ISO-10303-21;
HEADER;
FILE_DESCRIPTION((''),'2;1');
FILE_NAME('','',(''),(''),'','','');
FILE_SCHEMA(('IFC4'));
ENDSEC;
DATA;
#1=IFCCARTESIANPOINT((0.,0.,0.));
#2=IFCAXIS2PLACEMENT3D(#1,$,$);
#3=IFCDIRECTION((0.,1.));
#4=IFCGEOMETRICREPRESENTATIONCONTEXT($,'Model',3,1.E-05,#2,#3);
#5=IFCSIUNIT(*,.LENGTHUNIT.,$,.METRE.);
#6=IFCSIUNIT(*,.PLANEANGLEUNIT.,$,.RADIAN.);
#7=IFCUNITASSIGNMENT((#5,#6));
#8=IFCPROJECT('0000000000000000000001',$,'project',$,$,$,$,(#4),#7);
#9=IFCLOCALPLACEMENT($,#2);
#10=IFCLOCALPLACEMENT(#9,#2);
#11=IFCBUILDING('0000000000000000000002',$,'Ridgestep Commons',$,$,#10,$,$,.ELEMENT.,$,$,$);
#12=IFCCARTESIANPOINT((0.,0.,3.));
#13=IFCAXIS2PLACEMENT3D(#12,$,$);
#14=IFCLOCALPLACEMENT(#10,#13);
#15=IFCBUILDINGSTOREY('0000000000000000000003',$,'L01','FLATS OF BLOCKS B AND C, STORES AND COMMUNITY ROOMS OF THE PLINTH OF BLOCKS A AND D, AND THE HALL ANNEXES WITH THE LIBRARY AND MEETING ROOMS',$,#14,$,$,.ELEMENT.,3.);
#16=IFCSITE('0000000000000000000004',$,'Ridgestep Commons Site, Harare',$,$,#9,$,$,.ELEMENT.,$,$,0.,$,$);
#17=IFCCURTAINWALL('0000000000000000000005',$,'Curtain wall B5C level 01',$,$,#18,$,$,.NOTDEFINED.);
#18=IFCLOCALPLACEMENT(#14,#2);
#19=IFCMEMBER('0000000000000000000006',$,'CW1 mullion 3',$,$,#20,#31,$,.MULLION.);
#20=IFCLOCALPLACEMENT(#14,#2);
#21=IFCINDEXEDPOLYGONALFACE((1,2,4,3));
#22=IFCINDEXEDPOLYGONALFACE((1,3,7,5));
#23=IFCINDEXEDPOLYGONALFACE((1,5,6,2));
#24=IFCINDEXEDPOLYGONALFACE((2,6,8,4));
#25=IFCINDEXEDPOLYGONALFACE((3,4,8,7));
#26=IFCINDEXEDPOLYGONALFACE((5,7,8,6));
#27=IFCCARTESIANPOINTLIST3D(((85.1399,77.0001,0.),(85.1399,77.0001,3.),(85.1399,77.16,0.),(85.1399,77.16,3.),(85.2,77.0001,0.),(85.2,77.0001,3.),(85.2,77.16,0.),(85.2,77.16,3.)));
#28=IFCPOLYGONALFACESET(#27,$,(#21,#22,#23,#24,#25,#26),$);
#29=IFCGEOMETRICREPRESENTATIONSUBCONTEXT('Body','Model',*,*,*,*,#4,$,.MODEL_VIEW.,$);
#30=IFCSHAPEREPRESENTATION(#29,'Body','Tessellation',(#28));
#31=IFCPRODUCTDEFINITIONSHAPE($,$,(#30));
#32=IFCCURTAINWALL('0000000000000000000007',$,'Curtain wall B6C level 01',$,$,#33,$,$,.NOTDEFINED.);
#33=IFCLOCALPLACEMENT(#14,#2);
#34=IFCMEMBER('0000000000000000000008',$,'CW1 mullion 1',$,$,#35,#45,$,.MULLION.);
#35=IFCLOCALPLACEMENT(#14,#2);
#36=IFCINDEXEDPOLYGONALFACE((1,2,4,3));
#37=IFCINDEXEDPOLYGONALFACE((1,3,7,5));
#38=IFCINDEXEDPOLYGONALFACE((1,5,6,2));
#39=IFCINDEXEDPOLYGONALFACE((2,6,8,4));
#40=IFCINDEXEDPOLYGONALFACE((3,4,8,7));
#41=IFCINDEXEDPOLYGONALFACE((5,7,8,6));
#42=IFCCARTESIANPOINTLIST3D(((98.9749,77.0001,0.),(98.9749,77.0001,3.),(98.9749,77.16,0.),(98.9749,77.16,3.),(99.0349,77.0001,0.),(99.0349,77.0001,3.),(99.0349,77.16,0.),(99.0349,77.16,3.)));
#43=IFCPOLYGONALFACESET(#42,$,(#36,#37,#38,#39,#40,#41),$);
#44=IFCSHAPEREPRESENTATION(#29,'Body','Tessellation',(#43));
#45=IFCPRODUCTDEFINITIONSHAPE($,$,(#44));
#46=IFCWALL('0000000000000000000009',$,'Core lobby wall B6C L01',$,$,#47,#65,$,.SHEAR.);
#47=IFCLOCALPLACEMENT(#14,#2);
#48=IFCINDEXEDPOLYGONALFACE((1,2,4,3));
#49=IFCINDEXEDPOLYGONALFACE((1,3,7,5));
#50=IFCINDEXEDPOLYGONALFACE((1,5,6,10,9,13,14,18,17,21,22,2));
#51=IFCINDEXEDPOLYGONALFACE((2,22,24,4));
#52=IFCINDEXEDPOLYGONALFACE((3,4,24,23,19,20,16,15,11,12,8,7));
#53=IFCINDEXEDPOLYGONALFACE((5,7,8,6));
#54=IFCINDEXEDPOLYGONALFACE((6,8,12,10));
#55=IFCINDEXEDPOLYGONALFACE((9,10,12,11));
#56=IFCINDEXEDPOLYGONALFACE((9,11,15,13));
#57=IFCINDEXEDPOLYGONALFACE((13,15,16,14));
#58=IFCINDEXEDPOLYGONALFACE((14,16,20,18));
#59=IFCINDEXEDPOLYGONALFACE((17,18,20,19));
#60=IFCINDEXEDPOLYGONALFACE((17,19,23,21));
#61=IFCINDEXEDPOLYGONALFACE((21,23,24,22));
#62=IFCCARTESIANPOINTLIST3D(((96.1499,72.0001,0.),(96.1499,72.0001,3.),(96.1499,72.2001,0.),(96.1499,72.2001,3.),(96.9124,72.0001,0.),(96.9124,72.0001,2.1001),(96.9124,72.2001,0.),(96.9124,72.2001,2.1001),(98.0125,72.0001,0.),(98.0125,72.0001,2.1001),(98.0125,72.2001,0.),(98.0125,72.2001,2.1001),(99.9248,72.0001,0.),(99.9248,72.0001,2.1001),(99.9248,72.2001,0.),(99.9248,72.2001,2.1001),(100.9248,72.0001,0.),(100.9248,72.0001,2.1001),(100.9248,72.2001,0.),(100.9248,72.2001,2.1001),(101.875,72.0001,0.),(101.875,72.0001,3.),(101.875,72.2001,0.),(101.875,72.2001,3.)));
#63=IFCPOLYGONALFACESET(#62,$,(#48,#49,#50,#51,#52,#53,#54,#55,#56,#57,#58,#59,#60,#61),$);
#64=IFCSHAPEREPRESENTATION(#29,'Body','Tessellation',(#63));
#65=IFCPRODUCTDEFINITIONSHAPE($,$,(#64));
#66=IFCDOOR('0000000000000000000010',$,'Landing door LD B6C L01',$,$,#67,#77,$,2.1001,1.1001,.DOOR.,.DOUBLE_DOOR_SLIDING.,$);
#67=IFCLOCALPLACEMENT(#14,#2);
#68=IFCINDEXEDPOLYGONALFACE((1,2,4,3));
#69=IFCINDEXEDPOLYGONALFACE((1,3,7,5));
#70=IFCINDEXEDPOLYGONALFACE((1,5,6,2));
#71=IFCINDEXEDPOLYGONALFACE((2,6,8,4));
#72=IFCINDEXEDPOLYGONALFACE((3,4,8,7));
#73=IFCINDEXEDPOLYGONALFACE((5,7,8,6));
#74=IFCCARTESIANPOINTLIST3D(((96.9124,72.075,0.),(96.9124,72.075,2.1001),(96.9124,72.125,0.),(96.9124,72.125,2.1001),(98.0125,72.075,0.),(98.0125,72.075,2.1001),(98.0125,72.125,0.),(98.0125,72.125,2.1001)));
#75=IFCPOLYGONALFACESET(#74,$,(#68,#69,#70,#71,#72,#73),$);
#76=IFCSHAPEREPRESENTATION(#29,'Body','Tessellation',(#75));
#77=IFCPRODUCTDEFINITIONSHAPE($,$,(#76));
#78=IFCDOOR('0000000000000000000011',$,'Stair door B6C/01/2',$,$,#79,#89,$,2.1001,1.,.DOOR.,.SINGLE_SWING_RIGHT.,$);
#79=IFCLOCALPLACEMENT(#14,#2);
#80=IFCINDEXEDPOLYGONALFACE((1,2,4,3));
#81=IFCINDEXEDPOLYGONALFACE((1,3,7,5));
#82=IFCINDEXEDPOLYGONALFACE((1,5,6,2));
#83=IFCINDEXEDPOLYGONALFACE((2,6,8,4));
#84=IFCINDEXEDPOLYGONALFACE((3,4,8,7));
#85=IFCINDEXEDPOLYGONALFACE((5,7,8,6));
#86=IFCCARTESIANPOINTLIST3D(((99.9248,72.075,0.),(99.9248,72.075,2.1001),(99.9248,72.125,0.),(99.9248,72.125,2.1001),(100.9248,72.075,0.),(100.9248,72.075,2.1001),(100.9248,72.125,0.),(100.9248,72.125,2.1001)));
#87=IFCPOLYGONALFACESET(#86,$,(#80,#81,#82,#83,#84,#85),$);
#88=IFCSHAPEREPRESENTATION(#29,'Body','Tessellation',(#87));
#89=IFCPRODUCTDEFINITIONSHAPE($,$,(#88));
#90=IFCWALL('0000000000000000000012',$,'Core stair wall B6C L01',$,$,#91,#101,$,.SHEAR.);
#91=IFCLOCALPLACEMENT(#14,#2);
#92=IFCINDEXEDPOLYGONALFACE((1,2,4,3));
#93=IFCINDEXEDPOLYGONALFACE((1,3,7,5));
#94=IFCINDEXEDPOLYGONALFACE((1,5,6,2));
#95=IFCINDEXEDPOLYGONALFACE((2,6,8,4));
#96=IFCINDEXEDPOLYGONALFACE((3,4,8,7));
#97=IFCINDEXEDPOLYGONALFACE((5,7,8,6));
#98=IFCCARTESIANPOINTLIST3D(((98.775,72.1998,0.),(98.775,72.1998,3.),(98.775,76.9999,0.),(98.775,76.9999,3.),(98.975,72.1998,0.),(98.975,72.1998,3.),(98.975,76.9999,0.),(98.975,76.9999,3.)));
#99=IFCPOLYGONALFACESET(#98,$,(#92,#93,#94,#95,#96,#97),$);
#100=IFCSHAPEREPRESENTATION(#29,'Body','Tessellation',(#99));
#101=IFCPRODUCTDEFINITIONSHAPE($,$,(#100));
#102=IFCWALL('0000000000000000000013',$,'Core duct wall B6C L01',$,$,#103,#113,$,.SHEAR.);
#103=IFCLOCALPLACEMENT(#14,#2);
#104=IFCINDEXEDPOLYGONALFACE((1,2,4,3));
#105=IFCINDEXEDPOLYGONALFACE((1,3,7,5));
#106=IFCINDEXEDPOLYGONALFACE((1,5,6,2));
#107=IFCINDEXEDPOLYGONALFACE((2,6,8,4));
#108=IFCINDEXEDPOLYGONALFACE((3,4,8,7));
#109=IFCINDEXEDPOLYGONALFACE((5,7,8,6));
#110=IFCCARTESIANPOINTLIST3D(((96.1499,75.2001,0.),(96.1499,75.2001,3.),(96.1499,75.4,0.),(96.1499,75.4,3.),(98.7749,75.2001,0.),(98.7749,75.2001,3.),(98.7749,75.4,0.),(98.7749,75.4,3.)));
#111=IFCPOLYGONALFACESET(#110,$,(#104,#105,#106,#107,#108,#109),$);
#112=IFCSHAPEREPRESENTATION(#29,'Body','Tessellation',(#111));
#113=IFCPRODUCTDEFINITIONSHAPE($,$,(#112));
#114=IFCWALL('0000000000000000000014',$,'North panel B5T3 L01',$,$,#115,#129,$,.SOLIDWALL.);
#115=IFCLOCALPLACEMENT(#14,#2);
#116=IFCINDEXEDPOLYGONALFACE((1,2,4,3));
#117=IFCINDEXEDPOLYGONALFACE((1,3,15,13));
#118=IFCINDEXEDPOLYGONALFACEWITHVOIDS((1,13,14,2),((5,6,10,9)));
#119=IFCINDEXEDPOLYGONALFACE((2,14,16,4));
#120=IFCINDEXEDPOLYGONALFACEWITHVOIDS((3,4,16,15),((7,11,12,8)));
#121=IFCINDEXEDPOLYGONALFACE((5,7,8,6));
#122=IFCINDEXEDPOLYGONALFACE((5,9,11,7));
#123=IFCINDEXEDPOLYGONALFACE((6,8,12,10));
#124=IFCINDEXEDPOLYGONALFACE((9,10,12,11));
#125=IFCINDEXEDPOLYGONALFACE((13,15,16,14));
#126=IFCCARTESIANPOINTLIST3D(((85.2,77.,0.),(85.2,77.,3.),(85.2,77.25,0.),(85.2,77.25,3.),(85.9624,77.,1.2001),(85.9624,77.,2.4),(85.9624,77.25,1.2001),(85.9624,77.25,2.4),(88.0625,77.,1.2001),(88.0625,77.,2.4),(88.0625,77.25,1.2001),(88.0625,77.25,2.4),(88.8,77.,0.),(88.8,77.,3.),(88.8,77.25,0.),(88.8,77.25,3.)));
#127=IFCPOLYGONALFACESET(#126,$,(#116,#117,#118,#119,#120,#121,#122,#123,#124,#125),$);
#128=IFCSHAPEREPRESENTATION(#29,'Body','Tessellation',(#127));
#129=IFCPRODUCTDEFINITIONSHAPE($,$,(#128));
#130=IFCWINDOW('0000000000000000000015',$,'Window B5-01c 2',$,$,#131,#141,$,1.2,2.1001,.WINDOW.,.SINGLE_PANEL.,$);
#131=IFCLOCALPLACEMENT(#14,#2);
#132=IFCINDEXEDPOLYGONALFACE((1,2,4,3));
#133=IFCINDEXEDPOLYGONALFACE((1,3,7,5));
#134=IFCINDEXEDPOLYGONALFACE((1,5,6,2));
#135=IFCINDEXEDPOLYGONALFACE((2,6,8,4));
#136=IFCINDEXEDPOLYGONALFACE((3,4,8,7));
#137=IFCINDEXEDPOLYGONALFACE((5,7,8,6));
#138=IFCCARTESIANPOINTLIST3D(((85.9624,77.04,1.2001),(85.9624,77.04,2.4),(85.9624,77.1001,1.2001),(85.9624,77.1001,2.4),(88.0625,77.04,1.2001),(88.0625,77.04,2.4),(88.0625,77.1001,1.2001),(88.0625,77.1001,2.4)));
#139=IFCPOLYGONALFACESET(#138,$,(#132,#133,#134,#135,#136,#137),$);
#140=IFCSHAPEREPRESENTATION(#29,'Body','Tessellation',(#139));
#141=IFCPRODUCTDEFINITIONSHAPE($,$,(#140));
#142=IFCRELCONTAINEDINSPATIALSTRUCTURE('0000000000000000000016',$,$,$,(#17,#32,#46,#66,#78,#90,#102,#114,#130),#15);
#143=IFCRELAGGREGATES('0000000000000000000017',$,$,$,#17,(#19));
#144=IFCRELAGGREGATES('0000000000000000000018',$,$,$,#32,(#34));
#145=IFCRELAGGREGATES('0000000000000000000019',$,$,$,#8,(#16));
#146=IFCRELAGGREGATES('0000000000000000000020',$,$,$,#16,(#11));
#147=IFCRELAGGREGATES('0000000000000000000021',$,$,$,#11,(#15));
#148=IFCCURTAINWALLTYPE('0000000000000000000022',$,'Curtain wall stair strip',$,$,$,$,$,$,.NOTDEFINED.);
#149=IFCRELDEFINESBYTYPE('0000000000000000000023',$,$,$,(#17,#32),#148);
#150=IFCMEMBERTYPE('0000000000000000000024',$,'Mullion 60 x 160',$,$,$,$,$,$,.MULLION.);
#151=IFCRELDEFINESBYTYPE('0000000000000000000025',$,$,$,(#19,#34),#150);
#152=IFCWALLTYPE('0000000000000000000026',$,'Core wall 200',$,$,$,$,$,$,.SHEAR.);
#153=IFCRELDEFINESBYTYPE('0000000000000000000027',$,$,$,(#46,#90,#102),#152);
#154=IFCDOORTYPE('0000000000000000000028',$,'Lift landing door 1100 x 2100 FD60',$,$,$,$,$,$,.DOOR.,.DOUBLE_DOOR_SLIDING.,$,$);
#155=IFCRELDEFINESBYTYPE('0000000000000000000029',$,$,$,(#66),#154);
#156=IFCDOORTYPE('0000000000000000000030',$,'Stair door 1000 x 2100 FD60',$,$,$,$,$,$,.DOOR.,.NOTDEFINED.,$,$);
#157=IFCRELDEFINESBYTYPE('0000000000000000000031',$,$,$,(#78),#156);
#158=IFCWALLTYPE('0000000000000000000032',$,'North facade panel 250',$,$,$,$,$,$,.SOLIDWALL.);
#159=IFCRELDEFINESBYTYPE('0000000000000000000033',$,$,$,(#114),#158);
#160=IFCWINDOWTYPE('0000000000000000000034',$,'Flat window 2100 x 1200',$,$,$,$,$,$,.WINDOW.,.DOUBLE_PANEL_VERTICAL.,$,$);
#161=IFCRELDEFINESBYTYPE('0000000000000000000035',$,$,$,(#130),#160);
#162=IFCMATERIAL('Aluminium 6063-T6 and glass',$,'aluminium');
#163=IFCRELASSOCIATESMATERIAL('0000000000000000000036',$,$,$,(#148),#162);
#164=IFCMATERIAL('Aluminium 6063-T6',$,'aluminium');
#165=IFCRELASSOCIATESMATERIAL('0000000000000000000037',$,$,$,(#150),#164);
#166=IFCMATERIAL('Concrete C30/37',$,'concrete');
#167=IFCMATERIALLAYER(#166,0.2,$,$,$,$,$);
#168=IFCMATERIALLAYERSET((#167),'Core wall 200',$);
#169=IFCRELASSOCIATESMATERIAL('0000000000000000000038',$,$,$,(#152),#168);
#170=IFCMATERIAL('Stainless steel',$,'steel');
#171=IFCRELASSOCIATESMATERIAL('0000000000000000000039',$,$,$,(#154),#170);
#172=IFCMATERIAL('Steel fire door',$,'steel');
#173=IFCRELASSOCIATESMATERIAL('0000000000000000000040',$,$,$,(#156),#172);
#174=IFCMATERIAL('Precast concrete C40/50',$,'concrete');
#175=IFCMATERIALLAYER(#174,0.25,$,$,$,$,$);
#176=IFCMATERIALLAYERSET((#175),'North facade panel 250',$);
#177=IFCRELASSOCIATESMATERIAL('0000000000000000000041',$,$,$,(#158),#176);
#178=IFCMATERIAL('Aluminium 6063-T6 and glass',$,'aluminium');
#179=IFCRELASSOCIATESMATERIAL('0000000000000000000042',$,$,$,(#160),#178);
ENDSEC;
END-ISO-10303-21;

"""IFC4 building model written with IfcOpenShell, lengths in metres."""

from ifc_helpers import new_model, si_unit, direction, frame, frame_2d, origin, origin_2d, place, context, subcontext, project, spatial, rectangle, extrude, material, layer, layer_set, material_profile, profile_set, type_object, element, fill, aggregate, save


model = new_model("IFC4")

# Units and contexts
model_context = context("Model", 3, precision=1e-05, world=origin(), true_north=direction((0.0, 1.0)))
body_context = subcontext(model_context, "Body", "Model", "MODEL_VIEW")
ifc_project = project(units=[si_unit("LENGTHUNIT", "METRE"), si_unit("PLANEANGLEUNIT", "RADIAN")], contexts=[model_context])

# Site, building, storey
site_placement = place(None, origin())
site = spatial("IfcSite", under=ifc_project, at=site_placement, Name="Ridgestep Commons Site, Harare", CompositionType="ELEMENT", RefElevation=0.0)
building_placement = place(site_placement, origin())
building = spatial("IfcBuilding", under=site, at=building_placement, Name="Ridgestep Commons", CompositionType="ELEMENT")
storey_placement = place(building_placement, frame((0.0, 0.0, 3.0)))
storey = spatial("IfcBuildingStorey", under=building, at=storey_placement, Name="L01", Description="FLATS OF BLOCKS B AND C, STORES AND COMMUNITY ROOMS OF THE PLINTH OF BLOCKS A AND D, AND THE HALL ANNEXES WITH THE LIBRARY AND MEETING ROOMS", CompositionType="ELEMENT", Elevation=3.0)

# Curtain walls, members
ifc_material_1 = material(Name="Aluminium 6063-T6 and glass", Category="aluminium")
curtain_wall_type = type_object("IfcCurtainWallType", Name="Curtain wall stair strip", PredefinedType="NOTDEFINED", material=ifc_material_1)
curtain_wall_1_placement = place(storey_placement, origin())
curtain_wall_1 = element("IfcCurtainWall", 1, at=curtain_wall_1_placement, inside=storey, type_object=curtain_wall_type, Name="Curtain wall B5C level 01", PredefinedType="NOTDEFINED")
ifc_material_2 = material(Name="Aluminium 6063-T6", Category="aluminium")
ifc_material_profile = material_profile(ifc_material_2, rectangle(XDim=0.1599, YDim=0.0601, at=origin_2d()), Name="Mullion 60 x 160")
ifc_profile_set = profile_set([ifc_material_profile], Name="Aluminium 6063-T6")
member_type = type_object("IfcMemberType", Name="Mullion 60 x 160", PredefinedType="MULLION", material=ifc_profile_set)
member_1_placement = place(storey_placement, frame((85.1699, 77.0801, 0.0), z_axis=(0.0, 0.0, 1.0), x_axis=(0.0, 1.0, 0.0)))
member_1 = element("IfcMember", 2, at=member_1_placement, type_object=member_type, Name="CW1 mullion 3", PredefinedType="MULLION", context=body_context, shape_type="SweptSolid", body=[
    extrude(rectangle(XDim=0.1599, YDim=0.0601, at=origin_2d()), origin(), (0.0, 0.0, 1.0), 3.0),
])
aggregate(curtain_wall_1, [member_1])
curtain_wall_2_placement = place(storey_placement, origin())
curtain_wall_2 = element("IfcCurtainWall", 3, at=curtain_wall_2_placement, inside=storey, type_object=curtain_wall_type, Name="Curtain wall B6C level 01", PredefinedType="NOTDEFINED")
member_2_placement = place(storey_placement, frame((99.0049, 77.0801, 0.0), z_axis=(0.0, 0.0, 1.0), x_axis=(0.0, 1.0, 0.0)))
member_2 = element("IfcMember", 4, at=member_2_placement, type_object=member_type, Name="CW1 mullion 1", PredefinedType="MULLION", context=body_context, shape_type="SweptSolid", body=[
    extrude(rectangle(XDim=0.1599, YDim=0.0601, at=origin_2d()), origin(), (0.0, 0.0, 1.0), 3.0),
])
aggregate(curtain_wall_2, [member_2])

# Wall, openings, doors
ifc_material_3 = material(Name="Concrete C30/37", Category="concrete")
ifc_layer_1 = layer(ifc_material_3, 0.2)
ifc_layer_set_1 = layer_set([ifc_layer_1], Name="Core wall 200")
wall_type_1 = type_object("IfcWallType", Name="Core wall 200", PredefinedType="SHEAR", material=ifc_layer_set_1)
wall_1_placement = place(storey_placement, frame((96.1499, 72.1001, 0.0), z_axis=(0.0, 0.0, 1.0), x_axis=(1.0, 0.0, 0.0)))
wall_1 = element("IfcWall", 5, at=wall_1_placement, inside=storey, type_object=wall_type_1, Name="Core lobby wall B6C L01", PredefinedType="SHEAR", context=body_context, shape_type="SweptSolid", body=[
    extrude(rectangle(XDim=5.7251, YDim=0.2, at=frame_2d((2.8625, 0.0))), origin(), (0.0, 0.0, 1.0), 3.0),
])
opening_1_placement = place(wall_1_placement, frame((3.7749, 0.0, 0.0)))
opening_1 = element("IfcOpeningElement", 6, at=opening_1_placement, cuts=wall_1, PredefinedType="OPENING", context=body_context, shape_type="SweptSolid", body=[
    extrude(rectangle(XDim=1.0, YDim=2.1001, at=frame_2d((0.5, 1.05))), frame((0.0, 0.1099, 0.0), z_axis=(0.0, -1.0, 0.0), x_axis=(1.0, 0.0, 0.0)), (0.0, 0.0, 1.0), 0.22),
])
opening_2_placement = place(wall_1_placement, frame((0.7625, 0.0, 0.0)))
opening_2 = element("IfcOpeningElement", 7, at=opening_2_placement, cuts=wall_1, PredefinedType="OPENING", context=body_context, shape_type="SweptSolid", body=[
    extrude(rectangle(XDim=1.1001, YDim=2.1001, at=frame_2d((0.55, 1.05))), frame((0.0, 0.1099, 0.0), z_axis=(0.0, -1.0, 0.0), x_axis=(1.0, 0.0, 0.0)), (0.0, 0.0, 1.0), 0.22),
])
ifc_material_4 = material(Name="Stainless steel", Category="steel")
door_type_1 = type_object("IfcDoorType", Name="Lift landing door 1100 x 2100 FD60", OperationType="DOUBLE_DOOR_SLIDING", PredefinedType="DOOR", material=ifc_material_4)
door_1_placement = place(opening_2_placement, origin())
door_1 = element("IfcDoor", 8, at=door_1_placement, inside=storey, type_object=door_type_1, Name="Landing door LD B6C L01", OperationType="DOUBLE_DOOR_SLIDING", OverallHeight=2.1001, OverallWidth=1.1001, PredefinedType="DOOR", context=body_context, shape_type="SweptSolid", body=[
    extrude(rectangle(XDim=1.1001, YDim=2.1001, at=frame_2d((0.55, 1.05))), frame((0.0, 0.0249, 0.0), z_axis=(0.0, -1.0, 0.0), x_axis=(1.0, 0.0, 0.0)), (0.0, 0.0, 1.0), 0.05),
])
fill(opening_2, door_1)
ifc_material_5 = material(Name="Steel fire door", Category="steel")
door_type_2 = type_object("IfcDoorType", Name="Stair door 1000 x 2100 FD60", OperationType="NOTDEFINED", PredefinedType="DOOR", material=ifc_material_5)
door_2_placement = place(opening_1_placement, origin())
door_2 = element("IfcDoor", 9, at=door_2_placement, inside=storey, type_object=door_type_2, Name="Stair door B6C/01/2", OperationType="SINGLE_SWING_RIGHT", OverallHeight=2.1001, OverallWidth=1.0, PredefinedType="DOOR", context=body_context, shape_type="SweptSolid", body=[
    extrude(rectangle(XDim=1.0, YDim=2.1001, at=frame_2d((0.5, 1.05))), frame((0.0, 0.0249, 0.0), z_axis=(0.0, -1.0, 0.0), x_axis=(1.0, 0.0, 0.0)), (0.0, 0.0, 1.0), 0.05),
])
fill(opening_1, door_2)

# Walls
wall_2_placement = place(storey_placement, frame((98.875, 72.2, 0.0), z_axis=(0.0, 0.0, 1.0), x_axis=(0.0, 1.0, 0.0)))
element("IfcWall", 10, at=wall_2_placement, inside=storey, type_object=wall_type_1, Name="Core stair wall B6C L01", PredefinedType="SHEAR", context=body_context, shape_type="SweptSolid", body=[
    extrude(rectangle(XDim=4.8, YDim=0.2, at=frame_2d((2.3999, 0.0))), origin(), (0.0, 0.0, 1.0), 3.0),
])
wall_3_placement = place(storey_placement, frame((96.1499, 75.3, 0.0), z_axis=(0.0, 0.0, 1.0), x_axis=(1.0, 0.0, 0.0)))
element("IfcWall", 11, at=wall_3_placement, inside=storey, type_object=wall_type_1, Name="Core duct wall B6C L01", PredefinedType="SHEAR", context=body_context, shape_type="SweptSolid", body=[
    extrude(rectangle(XDim=2.625, YDim=0.2, at=frame_2d((1.3125, 0.0))), origin(), (0.0, 0.0, 1.0), 3.0),
])

# Wall, opening, window
ifc_material_6 = material(Name="Precast concrete C40/50", Category="concrete")
ifc_layer_2 = layer(ifc_material_6, 0.25)
ifc_layer_set_2 = layer_set([ifc_layer_2], Name="North facade panel 250")
wall_type_2 = type_object("IfcWallType", Name="North facade panel 250", PredefinedType="SOLIDWALL", material=ifc_layer_set_2)
wall_4_placement = place(storey_placement, frame((85.2, 77.125, 0.0), z_axis=(0.0, 0.0, 1.0), x_axis=(1.0, 0.0, 0.0)))
wall_4 = element("IfcWall", 12, at=wall_4_placement, inside=storey, type_object=wall_type_2, Name="North panel B5T3 L01", PredefinedType="SOLIDWALL", context=body_context, shape_type="SweptSolid", body=[
    extrude(rectangle(XDim=3.6001, YDim=0.25, at=frame_2d((1.8, 0.0))), origin(), (0.0, 0.0, 1.0), 3.0),
])
opening_3_placement = place(wall_4_placement, frame((0.7625, 0.0, 1.2)))
opening_3 = element("IfcOpeningElement", 13, at=opening_3_placement, cuts=wall_4, PredefinedType="OPENING", context=body_context, shape_type="SweptSolid", body=[
    extrude(rectangle(XDim=2.1001, YDim=1.2, at=frame_2d((1.05, 0.6001))), frame((0.0, 0.135, 0.0), z_axis=(0.0, -1.0, 0.0), x_axis=(1.0, 0.0, 0.0)), (0.0, 0.0, 1.0), 0.27),
])
ifc_material_7 = material(Name="Aluminium 6063-T6 and glass", Category="aluminium")
window_type_1 = type_object("IfcWindowType", Name="Flat window 2100 x 1200", PartitioningType="DOUBLE_PANEL_VERTICAL", PredefinedType="WINDOW", material=ifc_material_7)
window_1_placement = place(opening_3_placement, origin())
window_1 = element("IfcWindow", 14, at=window_1_placement, inside=storey, type_object=window_type_1, Name="Window B5-01c 2", OverallHeight=1.2, OverallWidth=2.1001, PartitioningType="SINGLE_PANEL", PredefinedType="WINDOW", context=body_context, shape_type="SweptSolid", body=[
    extrude(rectangle(XDim=2.1001, YDim=1.2, at=frame_2d((1.05, 0.6001))), frame((0.0, -0.0249, 0.0), z_axis=(0.0, -1.0, 0.0), x_axis=(1.0, 0.0, 0.0)), (0.0, 0.0, 1.0), 0.0601),
])
fill(opening_3, window_1)

save(model, "model.ifc")
